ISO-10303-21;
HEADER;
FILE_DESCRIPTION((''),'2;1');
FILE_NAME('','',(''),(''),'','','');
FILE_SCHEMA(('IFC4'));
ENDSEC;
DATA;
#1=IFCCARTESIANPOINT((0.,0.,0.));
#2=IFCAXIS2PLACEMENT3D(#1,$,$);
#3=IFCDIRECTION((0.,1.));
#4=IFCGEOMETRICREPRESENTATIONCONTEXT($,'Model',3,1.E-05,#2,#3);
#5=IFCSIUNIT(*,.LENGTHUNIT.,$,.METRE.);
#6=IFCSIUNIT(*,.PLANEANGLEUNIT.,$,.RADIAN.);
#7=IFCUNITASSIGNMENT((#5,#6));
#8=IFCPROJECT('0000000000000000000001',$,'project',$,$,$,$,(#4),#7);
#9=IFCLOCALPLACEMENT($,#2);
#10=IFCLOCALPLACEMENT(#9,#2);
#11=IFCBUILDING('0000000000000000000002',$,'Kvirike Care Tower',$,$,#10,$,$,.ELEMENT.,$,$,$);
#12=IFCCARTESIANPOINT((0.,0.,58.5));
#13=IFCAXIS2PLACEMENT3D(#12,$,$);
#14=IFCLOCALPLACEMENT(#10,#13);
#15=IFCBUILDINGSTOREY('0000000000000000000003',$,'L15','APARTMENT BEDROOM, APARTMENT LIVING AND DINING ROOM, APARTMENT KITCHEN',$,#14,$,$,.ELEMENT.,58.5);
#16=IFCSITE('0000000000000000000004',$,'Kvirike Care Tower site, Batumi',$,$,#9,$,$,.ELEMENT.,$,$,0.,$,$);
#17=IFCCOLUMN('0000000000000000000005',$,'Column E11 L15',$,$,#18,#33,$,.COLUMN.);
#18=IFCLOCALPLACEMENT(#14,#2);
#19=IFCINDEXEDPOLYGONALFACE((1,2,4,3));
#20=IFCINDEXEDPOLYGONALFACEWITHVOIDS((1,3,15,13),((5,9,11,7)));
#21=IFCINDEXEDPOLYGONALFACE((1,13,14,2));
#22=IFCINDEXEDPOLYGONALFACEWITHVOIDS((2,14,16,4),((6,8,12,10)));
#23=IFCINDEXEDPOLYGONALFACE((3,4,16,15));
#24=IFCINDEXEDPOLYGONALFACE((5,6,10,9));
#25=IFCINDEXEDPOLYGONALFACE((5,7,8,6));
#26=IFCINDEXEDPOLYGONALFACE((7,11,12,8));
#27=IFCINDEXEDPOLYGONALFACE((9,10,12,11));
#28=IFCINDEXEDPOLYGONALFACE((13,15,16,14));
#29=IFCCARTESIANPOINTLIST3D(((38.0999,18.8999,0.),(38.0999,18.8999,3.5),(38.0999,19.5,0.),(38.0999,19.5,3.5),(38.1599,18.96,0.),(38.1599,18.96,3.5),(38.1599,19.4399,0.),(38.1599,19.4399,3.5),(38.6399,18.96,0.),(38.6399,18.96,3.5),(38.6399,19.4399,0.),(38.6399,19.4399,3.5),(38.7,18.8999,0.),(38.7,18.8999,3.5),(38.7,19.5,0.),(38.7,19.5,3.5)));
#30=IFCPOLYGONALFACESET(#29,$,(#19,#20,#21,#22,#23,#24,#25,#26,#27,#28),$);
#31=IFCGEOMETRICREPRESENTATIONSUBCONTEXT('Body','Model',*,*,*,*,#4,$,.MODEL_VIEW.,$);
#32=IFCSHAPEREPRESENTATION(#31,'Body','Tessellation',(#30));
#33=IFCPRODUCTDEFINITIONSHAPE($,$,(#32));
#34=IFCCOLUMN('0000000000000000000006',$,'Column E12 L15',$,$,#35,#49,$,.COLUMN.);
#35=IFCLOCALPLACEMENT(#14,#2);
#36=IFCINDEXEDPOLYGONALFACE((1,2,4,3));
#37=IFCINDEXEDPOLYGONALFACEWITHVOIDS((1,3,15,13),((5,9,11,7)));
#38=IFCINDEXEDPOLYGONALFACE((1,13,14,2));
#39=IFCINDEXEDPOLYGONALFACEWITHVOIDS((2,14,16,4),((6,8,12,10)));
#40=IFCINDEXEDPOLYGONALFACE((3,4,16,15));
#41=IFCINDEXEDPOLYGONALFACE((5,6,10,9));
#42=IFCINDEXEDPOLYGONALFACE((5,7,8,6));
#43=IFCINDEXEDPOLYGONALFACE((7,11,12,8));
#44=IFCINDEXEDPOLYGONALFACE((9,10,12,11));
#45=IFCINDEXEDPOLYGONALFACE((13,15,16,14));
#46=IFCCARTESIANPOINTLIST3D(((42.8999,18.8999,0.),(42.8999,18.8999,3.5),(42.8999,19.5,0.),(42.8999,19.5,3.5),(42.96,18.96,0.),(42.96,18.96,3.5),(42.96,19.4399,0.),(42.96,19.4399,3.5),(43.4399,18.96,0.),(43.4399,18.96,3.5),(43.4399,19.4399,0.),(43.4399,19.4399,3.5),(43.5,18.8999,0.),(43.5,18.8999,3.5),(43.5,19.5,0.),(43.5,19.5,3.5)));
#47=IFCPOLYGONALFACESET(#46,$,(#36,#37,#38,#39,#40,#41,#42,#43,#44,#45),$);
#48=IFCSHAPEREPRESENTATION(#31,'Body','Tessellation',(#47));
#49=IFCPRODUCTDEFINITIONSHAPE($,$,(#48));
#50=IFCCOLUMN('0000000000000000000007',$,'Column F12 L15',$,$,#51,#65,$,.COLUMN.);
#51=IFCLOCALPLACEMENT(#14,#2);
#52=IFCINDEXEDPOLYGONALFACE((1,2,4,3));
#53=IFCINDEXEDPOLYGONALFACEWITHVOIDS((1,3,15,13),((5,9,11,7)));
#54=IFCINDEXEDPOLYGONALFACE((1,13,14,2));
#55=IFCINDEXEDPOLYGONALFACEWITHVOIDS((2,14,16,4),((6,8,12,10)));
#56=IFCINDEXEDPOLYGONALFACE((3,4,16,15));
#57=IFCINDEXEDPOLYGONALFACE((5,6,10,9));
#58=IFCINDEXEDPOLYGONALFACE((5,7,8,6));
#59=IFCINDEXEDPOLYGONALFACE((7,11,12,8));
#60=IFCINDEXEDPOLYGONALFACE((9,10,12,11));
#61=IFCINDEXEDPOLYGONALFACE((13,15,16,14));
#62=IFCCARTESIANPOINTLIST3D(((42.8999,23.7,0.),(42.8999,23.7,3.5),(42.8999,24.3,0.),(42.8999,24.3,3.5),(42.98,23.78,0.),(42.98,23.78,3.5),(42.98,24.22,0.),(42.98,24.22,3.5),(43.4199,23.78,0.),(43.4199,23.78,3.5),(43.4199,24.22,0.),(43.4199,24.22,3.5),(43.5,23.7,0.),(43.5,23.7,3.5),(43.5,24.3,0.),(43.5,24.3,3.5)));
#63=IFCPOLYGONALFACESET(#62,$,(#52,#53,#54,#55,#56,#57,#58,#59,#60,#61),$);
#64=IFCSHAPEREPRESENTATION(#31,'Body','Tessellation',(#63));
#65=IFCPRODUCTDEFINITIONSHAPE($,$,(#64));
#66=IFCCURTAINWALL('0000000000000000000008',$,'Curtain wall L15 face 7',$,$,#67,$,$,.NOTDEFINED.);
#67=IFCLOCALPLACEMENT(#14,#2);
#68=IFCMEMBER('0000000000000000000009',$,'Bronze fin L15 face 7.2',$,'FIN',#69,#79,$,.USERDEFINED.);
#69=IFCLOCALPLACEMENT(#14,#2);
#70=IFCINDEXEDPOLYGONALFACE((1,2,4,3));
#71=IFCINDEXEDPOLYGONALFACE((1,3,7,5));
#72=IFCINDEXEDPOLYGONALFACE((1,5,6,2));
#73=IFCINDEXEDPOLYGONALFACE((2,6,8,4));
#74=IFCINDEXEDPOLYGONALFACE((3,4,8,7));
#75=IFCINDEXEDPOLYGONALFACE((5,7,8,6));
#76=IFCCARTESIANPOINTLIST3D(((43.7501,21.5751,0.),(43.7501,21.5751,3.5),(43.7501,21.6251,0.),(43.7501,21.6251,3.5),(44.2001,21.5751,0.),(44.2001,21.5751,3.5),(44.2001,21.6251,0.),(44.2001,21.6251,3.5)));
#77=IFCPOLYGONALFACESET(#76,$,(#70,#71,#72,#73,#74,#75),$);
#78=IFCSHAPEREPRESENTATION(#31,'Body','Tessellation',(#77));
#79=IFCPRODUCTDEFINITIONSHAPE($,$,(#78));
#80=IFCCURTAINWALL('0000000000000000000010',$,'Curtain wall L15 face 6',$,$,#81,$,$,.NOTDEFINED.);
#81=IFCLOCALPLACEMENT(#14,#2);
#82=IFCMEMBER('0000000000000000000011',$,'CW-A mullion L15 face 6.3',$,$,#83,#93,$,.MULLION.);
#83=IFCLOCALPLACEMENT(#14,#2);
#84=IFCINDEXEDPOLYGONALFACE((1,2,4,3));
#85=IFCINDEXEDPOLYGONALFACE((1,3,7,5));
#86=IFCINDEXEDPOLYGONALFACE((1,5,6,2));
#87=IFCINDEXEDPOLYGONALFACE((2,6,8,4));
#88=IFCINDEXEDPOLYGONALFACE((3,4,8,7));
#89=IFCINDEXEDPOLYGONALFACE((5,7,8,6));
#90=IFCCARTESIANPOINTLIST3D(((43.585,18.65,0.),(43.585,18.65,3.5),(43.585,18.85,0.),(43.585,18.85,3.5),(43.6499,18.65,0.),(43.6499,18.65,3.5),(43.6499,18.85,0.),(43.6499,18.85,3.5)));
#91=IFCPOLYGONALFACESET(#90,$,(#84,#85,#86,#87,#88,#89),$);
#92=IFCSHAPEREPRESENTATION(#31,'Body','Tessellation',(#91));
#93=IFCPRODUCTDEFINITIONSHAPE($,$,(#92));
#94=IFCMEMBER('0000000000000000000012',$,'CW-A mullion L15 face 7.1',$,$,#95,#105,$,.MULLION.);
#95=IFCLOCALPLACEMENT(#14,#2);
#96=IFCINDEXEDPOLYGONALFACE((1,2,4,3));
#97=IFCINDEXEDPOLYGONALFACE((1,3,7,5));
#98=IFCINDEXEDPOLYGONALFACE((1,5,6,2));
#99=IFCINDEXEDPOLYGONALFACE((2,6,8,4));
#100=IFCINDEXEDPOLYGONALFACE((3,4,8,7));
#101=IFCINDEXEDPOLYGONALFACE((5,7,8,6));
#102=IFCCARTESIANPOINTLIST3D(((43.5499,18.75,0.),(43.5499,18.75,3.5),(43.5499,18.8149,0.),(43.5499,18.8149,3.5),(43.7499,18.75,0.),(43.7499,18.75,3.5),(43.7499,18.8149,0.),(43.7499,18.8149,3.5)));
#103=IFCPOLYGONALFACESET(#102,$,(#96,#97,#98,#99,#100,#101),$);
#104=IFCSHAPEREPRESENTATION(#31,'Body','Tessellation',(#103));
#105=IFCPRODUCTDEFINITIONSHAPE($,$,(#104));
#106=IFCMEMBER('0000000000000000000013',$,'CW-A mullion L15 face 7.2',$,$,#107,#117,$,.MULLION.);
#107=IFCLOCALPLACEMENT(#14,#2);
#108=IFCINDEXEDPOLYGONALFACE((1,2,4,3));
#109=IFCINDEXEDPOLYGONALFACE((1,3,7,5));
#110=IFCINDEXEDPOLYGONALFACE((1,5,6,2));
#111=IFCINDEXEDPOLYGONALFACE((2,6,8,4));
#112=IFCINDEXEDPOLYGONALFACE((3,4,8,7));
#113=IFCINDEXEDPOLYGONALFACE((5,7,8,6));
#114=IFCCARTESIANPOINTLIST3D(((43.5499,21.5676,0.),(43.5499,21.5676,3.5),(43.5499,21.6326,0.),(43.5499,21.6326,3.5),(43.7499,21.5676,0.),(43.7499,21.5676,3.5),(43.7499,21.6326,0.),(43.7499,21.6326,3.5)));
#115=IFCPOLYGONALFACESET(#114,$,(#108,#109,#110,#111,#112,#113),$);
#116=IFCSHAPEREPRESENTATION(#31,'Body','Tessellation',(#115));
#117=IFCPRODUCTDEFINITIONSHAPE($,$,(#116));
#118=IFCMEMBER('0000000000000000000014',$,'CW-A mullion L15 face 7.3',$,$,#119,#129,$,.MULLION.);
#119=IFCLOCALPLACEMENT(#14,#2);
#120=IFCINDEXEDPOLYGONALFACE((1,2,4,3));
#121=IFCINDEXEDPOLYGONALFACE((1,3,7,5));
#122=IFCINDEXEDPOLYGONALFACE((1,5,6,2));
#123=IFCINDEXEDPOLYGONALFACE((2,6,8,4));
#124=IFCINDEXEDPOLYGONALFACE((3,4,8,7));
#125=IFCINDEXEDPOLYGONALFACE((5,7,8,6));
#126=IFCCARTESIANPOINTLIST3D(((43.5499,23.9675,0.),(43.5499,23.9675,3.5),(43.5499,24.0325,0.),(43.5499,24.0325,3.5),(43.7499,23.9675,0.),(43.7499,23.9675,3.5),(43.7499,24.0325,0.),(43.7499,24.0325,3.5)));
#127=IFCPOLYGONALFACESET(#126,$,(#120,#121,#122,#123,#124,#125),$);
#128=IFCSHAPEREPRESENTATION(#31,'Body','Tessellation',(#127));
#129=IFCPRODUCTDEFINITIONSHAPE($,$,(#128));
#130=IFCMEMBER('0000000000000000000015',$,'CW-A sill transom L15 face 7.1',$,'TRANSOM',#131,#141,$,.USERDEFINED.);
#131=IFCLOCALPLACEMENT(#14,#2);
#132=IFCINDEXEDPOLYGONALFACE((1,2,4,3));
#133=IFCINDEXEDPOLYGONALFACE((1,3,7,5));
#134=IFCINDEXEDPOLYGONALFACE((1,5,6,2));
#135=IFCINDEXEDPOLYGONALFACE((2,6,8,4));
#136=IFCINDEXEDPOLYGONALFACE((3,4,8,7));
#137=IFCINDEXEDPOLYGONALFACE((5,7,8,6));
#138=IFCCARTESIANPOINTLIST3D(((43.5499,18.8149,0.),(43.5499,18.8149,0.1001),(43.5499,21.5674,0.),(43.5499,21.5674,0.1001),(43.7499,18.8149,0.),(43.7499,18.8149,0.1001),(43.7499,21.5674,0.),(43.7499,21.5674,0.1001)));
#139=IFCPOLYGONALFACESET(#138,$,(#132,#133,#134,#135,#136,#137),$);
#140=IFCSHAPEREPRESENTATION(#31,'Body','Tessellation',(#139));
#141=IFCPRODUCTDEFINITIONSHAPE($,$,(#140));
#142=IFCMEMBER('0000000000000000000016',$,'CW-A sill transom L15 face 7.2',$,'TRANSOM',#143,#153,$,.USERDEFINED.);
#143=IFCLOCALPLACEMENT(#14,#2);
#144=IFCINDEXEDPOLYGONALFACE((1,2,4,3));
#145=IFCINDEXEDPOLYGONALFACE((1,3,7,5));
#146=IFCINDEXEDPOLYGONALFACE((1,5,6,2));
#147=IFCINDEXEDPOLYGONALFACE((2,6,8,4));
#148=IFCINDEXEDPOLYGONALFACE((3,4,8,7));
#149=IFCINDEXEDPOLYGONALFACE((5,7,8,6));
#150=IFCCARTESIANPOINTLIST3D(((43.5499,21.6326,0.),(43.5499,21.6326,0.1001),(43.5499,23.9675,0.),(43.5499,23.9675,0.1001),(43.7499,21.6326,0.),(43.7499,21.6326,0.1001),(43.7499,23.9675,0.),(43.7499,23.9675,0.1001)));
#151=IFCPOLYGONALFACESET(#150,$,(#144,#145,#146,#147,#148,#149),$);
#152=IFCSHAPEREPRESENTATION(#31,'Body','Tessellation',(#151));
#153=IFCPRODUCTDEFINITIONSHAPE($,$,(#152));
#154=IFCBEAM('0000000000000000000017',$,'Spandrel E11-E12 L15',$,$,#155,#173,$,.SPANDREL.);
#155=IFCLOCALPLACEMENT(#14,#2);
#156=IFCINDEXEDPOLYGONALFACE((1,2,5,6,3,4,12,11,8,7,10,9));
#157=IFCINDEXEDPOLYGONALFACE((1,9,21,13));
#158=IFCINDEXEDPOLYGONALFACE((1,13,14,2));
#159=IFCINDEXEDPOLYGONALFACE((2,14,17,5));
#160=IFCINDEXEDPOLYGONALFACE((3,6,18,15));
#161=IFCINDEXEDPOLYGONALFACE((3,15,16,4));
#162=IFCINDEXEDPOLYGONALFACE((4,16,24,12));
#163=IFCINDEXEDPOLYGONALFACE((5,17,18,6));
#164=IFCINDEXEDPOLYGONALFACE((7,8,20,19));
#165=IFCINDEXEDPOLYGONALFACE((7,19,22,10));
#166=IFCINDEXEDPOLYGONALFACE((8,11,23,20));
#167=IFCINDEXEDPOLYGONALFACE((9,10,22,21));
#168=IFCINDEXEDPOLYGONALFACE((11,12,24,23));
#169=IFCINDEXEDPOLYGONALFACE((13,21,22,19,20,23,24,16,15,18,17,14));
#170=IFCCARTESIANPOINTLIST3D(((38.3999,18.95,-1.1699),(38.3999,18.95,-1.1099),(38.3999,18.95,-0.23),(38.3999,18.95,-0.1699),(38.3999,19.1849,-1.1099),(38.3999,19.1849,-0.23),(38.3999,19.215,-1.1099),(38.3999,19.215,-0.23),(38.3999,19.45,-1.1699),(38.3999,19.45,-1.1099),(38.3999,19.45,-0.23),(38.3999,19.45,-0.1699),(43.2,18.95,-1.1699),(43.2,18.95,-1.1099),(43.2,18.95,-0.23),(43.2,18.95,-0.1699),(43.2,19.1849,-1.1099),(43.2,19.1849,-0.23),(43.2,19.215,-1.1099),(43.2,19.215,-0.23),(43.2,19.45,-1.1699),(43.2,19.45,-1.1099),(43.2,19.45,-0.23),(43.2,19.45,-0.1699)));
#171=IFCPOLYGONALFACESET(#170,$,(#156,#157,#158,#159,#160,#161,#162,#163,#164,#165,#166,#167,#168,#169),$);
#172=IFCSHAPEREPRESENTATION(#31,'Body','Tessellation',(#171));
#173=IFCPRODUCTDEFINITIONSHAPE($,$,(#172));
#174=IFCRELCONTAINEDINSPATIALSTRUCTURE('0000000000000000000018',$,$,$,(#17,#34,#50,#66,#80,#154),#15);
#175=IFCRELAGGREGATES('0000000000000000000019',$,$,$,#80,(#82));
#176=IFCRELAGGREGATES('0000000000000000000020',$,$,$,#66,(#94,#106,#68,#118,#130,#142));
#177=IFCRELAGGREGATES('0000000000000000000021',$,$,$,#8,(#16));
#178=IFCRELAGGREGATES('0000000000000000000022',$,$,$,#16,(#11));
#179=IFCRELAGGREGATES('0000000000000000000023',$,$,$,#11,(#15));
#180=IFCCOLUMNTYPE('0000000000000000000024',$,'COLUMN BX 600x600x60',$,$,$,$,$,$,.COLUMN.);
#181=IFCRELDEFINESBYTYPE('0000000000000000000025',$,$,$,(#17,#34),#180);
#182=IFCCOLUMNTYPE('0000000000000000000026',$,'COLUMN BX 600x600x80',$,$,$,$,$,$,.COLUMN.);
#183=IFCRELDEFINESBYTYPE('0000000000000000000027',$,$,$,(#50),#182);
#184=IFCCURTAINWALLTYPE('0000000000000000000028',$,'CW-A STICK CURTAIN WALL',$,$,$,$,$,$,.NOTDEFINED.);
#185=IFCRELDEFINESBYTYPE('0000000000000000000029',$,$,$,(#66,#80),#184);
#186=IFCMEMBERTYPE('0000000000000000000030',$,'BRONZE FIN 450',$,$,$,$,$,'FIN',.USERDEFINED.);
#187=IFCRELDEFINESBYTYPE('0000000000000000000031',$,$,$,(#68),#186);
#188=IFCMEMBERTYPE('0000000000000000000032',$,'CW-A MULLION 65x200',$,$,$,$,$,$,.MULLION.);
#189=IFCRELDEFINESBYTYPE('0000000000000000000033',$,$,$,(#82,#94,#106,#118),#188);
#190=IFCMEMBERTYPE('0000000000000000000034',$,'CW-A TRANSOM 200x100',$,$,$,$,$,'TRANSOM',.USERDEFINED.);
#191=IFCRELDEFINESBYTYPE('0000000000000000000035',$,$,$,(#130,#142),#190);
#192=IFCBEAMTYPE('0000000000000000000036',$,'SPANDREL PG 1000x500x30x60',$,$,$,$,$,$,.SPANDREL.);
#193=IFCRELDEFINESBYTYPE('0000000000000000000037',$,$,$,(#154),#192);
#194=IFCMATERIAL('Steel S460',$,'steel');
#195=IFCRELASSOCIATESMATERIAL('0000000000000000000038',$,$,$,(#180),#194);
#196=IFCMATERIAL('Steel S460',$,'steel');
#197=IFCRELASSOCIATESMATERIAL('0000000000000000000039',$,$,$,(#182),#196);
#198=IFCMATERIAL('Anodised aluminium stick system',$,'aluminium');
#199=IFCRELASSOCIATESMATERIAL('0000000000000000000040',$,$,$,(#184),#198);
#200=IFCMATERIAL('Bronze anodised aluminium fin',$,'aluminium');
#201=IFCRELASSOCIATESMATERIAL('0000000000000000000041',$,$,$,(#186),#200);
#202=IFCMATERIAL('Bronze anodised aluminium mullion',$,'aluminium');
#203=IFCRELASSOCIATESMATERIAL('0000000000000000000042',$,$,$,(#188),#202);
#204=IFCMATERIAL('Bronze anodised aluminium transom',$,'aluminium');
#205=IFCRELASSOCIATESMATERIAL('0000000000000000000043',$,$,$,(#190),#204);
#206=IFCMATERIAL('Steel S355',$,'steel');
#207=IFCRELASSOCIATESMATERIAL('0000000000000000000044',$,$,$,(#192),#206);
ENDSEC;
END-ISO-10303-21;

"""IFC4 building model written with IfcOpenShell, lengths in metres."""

from ifc_helpers import new_model, si_unit, direction, frame, origin, origin_2d, place, context, subcontext, project, spatial, rectangle, hollow_rectangle, i_section, extrude, material, material_profile, profile_set, type_object, element, aggregate, save


model = new_model("IFC4")

# Units and contexts
model_context = context("Model", 3, precision=1e-05, world=origin(), true_north=direction((0.0, 1.0)))
body_context = subcontext(model_context, "Body", "Model", "MODEL_VIEW")
ifc_project = project(units=[si_unit("LENGTHUNIT", "METRE"), si_unit("PLANEANGLEUNIT", "RADIAN")], contexts=[model_context])

# Site, building, storey
site_placement = place(None, origin())
site = spatial("IfcSite", under=ifc_project, at=site_placement, Name="Kvirike Care Tower site, Batumi", CompositionType="ELEMENT", RefElevation=0.0)
building_placement = place(site_placement, origin())
building = spatial("IfcBuilding", under=site, at=building_placement, Name="Kvirike Care Tower", CompositionType="ELEMENT")
storey_placement = place(building_placement, frame((0.0, 0.0, 58.5)))
storey = spatial("IfcBuildingStorey", under=building, at=storey_placement, Name="L15", Description="APARTMENT BEDROOM, APARTMENT LIVING AND DINING ROOM, APARTMENT KITCHEN", CompositionType="ELEMENT", Elevation=58.5)

# Columns
ifc_material_1 = material(Name="Steel S460", Category="steel")
ifc_material_profile_1 = material_profile(ifc_material_1, hollow_rectangle(XDim=0.6001, YDim=0.6001, WallThickness=0.0601, at=origin_2d()), Name="BX 600x600x60")
ifc_profile_set_1 = profile_set([ifc_material_profile_1], Name="Steel S460")
column_type_1 = type_object("IfcColumnType", Name="COLUMN BX 600x600x60", PredefinedType="COLUMN", material=ifc_profile_set_1)
for number, where, z_axis, x_axis, name in (
    (1, (38.3999, 19.2, 0.0), (0.0, 0.0, 1.0), (0.0, 1.0, 0.0), "Column E11 L15"),
    (2, (43.2, 19.2, 0.0), (0.0, 0.0, 1.0), (0.0, 1.0, 0.0), "Column E12 L15"),
):
    element("IfcColumn", number, at=place(storey_placement, frame(where, z_axis=z_axis, x_axis=x_axis)), inside=storey, type_object=column_type_1, Name=name, PredefinedType="COLUMN", context=body_context, shape_type="SweptSolid", body=[
        extrude(hollow_rectangle(XDim=0.6001, YDim=0.6001, WallThickness=0.0601, at=origin_2d()), origin(), (0.0, 0.0, 1.0), 3.5),
    ])
ifc_material_2 = material(Name="Steel S460", Category="steel")
ifc_material_profile_2 = material_profile(ifc_material_2, hollow_rectangle(XDim=0.6001, YDim=0.6001, WallThickness=0.0801, at=origin_2d()), Name="BX 600x600x80")
ifc_profile_set_2 = profile_set([ifc_material_profile_2], Name="Steel S460")
column_type_2 = type_object("IfcColumnType", Name="COLUMN BX 600x600x80", PredefinedType="COLUMN", material=ifc_profile_set_2)
column_placement = place(storey_placement, frame((43.2, 24.0, 0.0), z_axis=(0.0, 0.0, 1.0), x_axis=(1.0, 0.0, 0.0)))
element("IfcColumn", 3, at=column_placement, inside=storey, type_object=column_type_2, Name="Column F12 L15", PredefinedType="COLUMN", context=body_context, shape_type="SweptSolid", body=[
    extrude(hollow_rectangle(XDim=0.6001, YDim=0.6001, WallThickness=0.0801, at=origin_2d()), origin(), (0.0, 0.0, 1.0), 3.5),
])

# Curtain walls, members
ifc_material_3 = material(Name="Anodised aluminium stick system", Category="aluminium")
curtain_wall_type = type_object("IfcCurtainWallType", Name="CW-A STICK CURTAIN WALL", PredefinedType="NOTDEFINED", material=ifc_material_3)
curtain_wall_1_placement = place(storey_placement, origin())
curtain_wall_1 = element("IfcCurtainWall", 4, at=curtain_wall_1_placement, inside=storey, type_object=curtain_wall_type, Name="Curtain wall L15 face 7", PredefinedType="NOTDEFINED")
ifc_material_4 = material(Name="Bronze anodised aluminium fin", Category="aluminium")
ifc_material_profile_3 = material_profile(ifc_material_4, rectangle(XDim=0.05, YDim=0.45, at=origin_2d()), Name="BRONZE FIN 450")
ifc_profile_set_3 = profile_set([ifc_material_profile_3], Name="Bronze anodised aluminium fin")
member_type_1 = type_object("IfcMemberType", Name="BRONZE FIN 450", ElementType="FIN", PredefinedType="USERDEFINED", material=ifc_profile_set_3)
member_1_placement = place(storey_placement, frame((43.9751, 21.6001, 0.0), z_axis=(0.0, 0.0, 1.0), x_axis=(0.0, 1.0, 0.0)))
member_1 = element("IfcMember", 5, at=member_1_placement, type_object=member_type_1, Name="Bronze fin L15 face 7.2", ObjectType="FIN", PredefinedType="USERDEFINED", context=body_context, shape_type="SweptSolid", body=[
    extrude(rectangle(XDim=0.05, YDim=0.45, at=origin_2d()), origin(), (0.0, 0.0, 1.0), 3.5),
])
curtain_wall_2_placement = place(storey_placement, origin())
curtain_wall_2 = element("IfcCurtainWall", 6, at=curtain_wall_2_placement, inside=storey, type_object=curtain_wall_type, Name="Curtain wall L15 face 6", PredefinedType="NOTDEFINED")
ifc_material_5 = material(Name="Bronze anodised aluminium mullion", Category="aluminium")
ifc_material_profile_4 = material_profile(ifc_material_5, rectangle(XDim=0.0649, YDim=0.2, at=origin_2d()), Name="CW-A MULLION 65x200")
ifc_profile_set_4 = profile_set([ifc_material_profile_4], Name="Bronze anodised aluminium mullion")
member_type_2 = type_object("IfcMemberType", Name="CW-A MULLION 65x200", PredefinedType="MULLION", material=ifc_profile_set_4)
member_2_placement = place(storey_placement, frame((43.6174, 18.75, 0.0), z_axis=(0.0, 0.0, 1.0), x_axis=(1.0, 0.0, 0.0)))
member_2 = element("IfcMember", 7, at=member_2_placement, type_object=member_type_2, Name="CW-A mullion L15 face 6.3", PredefinedType="MULLION", context=body_context, shape_type="SweptSolid", body=[
    extrude(rectangle(XDim=0.0649, YDim=0.2, at=origin_2d()), origin(), (0.0, 0.0, 1.0), 3.5),
])

# Members
member_3_placement = place(storey_placement, frame((43.6499, 18.7825, 0.0), z_axis=(0.0, 0.0, 1.0), x_axis=(0.0, 1.0, 0.0)))
member_3 = element("IfcMember", 8, at=member_3_placement, type_object=member_type_2, Name="CW-A mullion L15 face 7.1", PredefinedType="MULLION", context=body_context, shape_type="SweptSolid", body=[
    extrude(rectangle(XDim=0.0649, YDim=0.2, at=origin_2d()), origin(), (0.0, 0.0, 1.0), 3.5),
])
member_4_placement = place(storey_placement, frame((43.6499, 21.6001, 0.0), z_axis=(0.0, 0.0, 1.0), x_axis=(0.0, 1.0, 0.0)))
member_4 = element("IfcMember", 9, at=member_4_placement, type_object=member_type_2, Name="CW-A mullion L15 face 7.2", PredefinedType="MULLION", context=body_context, shape_type="SweptSolid", body=[
    extrude(rectangle(XDim=0.0649, YDim=0.2, at=origin_2d()), origin(), (0.0, 0.0, 1.0), 3.5),
])
member_5_placement = place(storey_placement, frame((43.6499, 24.0, 0.0), z_axis=(0.0, 0.0, 1.0), x_axis=(0.0, 1.0, 0.0)))
member_5 = element("IfcMember", 10, at=member_5_placement, type_object=member_type_2, Name="CW-A mullion L15 face 7.3", PredefinedType="MULLION", context=body_context, shape_type="SweptSolid", body=[
    extrude(rectangle(XDim=0.0649, YDim=0.2, at=origin_2d()), origin(), (0.0, 0.0, 1.0), 3.5),
])
ifc_material_6 = material(Name="Bronze anodised aluminium transom", Category="aluminium")
ifc_material_profile_5 = material_profile(ifc_material_6, rectangle(XDim=0.2, YDim=0.1001, at=origin_2d()), Name="CW-A TRANSOM 200x100")
ifc_profile_set_5 = profile_set([ifc_material_profile_5], Name="Bronze anodised aluminium transom")
member_type_3 = type_object("IfcMemberType", Name="CW-A TRANSOM 200x100", ElementType="TRANSOM", PredefinedType="USERDEFINED", material=ifc_profile_set_5)
member_6_placement = place(storey_placement, frame((43.6499, 18.8149, 0.05), z_axis=(0.0, 1.0, 0.0), x_axis=(-1.0, 0.0, 0.0)))
member_6 = element("IfcMember", 11, at=member_6_placement, type_object=member_type_3, Name="CW-A sill transom L15 face 7.1", ObjectType="TRANSOM", PredefinedType="USERDEFINED", context=body_context, shape_type="SweptSolid", body=[
    extrude(rectangle(XDim=0.2, YDim=0.1001, at=origin_2d()), origin(), (0.0, 0.0, 1.0), 2.7524),
])
member_7_placement = place(storey_placement, frame((43.6499, 21.6326, 0.05), z_axis=(0.0, 1.0, 0.0), x_axis=(-1.0, 0.0, 0.0)))
member_7 = element("IfcMember", 12, at=member_7_placement, type_object=member_type_3, Name="CW-A sill transom L15 face 7.2", ObjectType="TRANSOM", PredefinedType="USERDEFINED", context=body_context, shape_type="SweptSolid", body=[
    extrude(rectangle(XDim=0.2, YDim=0.1001, at=origin_2d()), origin(), (0.0, 0.0, 1.0), 2.335),
])

# Beam
ifc_material_7 = material(Name="Steel S355", Category="steel")
ifc_material_profile_6 = material_profile(ifc_material_7, i_section(OverallWidth=0.5, OverallDepth=1.0, WebThickness=0.03, FlangeThickness=0.0601, at=origin_2d()), Name="PG 1000x500x30x60")
ifc_profile_set_6 = profile_set([ifc_material_profile_6], Name="Steel S355")
beam_type = type_object("IfcBeamType", Name="SPANDREL PG 1000x500x30x60", PredefinedType="SPANDREL", material=ifc_profile_set_6)
for number, where, z_axis, x_axis, name in (
    (13, (38.3999, 19.2, -0.6699), (1.0, 0.0, 0.0), (0.0, 1.0, 0.0), "Spandrel E11-E12 L15"),
):
    element("IfcBeam", number, at=place(storey_placement, frame(where, z_axis=z_axis, x_axis=x_axis)), inside=storey, type_object=beam_type, Name=name, PredefinedType="SPANDREL", context=body_context, shape_type="SweptSolid", body=[
        extrude(i_section(OverallWidth=0.5, OverallDepth=1.0, WebThickness=0.03, FlangeThickness=0.0601, at=origin_2d()), origin(), (0.0, 0.0, 1.0), 4.8),
    ])

aggregate(curtain_wall_2, [member_2])
aggregate(curtain_wall_1, [member_3, member_4, member_1, member_5, member_6, member_7])

save(model, "model.ifc")
